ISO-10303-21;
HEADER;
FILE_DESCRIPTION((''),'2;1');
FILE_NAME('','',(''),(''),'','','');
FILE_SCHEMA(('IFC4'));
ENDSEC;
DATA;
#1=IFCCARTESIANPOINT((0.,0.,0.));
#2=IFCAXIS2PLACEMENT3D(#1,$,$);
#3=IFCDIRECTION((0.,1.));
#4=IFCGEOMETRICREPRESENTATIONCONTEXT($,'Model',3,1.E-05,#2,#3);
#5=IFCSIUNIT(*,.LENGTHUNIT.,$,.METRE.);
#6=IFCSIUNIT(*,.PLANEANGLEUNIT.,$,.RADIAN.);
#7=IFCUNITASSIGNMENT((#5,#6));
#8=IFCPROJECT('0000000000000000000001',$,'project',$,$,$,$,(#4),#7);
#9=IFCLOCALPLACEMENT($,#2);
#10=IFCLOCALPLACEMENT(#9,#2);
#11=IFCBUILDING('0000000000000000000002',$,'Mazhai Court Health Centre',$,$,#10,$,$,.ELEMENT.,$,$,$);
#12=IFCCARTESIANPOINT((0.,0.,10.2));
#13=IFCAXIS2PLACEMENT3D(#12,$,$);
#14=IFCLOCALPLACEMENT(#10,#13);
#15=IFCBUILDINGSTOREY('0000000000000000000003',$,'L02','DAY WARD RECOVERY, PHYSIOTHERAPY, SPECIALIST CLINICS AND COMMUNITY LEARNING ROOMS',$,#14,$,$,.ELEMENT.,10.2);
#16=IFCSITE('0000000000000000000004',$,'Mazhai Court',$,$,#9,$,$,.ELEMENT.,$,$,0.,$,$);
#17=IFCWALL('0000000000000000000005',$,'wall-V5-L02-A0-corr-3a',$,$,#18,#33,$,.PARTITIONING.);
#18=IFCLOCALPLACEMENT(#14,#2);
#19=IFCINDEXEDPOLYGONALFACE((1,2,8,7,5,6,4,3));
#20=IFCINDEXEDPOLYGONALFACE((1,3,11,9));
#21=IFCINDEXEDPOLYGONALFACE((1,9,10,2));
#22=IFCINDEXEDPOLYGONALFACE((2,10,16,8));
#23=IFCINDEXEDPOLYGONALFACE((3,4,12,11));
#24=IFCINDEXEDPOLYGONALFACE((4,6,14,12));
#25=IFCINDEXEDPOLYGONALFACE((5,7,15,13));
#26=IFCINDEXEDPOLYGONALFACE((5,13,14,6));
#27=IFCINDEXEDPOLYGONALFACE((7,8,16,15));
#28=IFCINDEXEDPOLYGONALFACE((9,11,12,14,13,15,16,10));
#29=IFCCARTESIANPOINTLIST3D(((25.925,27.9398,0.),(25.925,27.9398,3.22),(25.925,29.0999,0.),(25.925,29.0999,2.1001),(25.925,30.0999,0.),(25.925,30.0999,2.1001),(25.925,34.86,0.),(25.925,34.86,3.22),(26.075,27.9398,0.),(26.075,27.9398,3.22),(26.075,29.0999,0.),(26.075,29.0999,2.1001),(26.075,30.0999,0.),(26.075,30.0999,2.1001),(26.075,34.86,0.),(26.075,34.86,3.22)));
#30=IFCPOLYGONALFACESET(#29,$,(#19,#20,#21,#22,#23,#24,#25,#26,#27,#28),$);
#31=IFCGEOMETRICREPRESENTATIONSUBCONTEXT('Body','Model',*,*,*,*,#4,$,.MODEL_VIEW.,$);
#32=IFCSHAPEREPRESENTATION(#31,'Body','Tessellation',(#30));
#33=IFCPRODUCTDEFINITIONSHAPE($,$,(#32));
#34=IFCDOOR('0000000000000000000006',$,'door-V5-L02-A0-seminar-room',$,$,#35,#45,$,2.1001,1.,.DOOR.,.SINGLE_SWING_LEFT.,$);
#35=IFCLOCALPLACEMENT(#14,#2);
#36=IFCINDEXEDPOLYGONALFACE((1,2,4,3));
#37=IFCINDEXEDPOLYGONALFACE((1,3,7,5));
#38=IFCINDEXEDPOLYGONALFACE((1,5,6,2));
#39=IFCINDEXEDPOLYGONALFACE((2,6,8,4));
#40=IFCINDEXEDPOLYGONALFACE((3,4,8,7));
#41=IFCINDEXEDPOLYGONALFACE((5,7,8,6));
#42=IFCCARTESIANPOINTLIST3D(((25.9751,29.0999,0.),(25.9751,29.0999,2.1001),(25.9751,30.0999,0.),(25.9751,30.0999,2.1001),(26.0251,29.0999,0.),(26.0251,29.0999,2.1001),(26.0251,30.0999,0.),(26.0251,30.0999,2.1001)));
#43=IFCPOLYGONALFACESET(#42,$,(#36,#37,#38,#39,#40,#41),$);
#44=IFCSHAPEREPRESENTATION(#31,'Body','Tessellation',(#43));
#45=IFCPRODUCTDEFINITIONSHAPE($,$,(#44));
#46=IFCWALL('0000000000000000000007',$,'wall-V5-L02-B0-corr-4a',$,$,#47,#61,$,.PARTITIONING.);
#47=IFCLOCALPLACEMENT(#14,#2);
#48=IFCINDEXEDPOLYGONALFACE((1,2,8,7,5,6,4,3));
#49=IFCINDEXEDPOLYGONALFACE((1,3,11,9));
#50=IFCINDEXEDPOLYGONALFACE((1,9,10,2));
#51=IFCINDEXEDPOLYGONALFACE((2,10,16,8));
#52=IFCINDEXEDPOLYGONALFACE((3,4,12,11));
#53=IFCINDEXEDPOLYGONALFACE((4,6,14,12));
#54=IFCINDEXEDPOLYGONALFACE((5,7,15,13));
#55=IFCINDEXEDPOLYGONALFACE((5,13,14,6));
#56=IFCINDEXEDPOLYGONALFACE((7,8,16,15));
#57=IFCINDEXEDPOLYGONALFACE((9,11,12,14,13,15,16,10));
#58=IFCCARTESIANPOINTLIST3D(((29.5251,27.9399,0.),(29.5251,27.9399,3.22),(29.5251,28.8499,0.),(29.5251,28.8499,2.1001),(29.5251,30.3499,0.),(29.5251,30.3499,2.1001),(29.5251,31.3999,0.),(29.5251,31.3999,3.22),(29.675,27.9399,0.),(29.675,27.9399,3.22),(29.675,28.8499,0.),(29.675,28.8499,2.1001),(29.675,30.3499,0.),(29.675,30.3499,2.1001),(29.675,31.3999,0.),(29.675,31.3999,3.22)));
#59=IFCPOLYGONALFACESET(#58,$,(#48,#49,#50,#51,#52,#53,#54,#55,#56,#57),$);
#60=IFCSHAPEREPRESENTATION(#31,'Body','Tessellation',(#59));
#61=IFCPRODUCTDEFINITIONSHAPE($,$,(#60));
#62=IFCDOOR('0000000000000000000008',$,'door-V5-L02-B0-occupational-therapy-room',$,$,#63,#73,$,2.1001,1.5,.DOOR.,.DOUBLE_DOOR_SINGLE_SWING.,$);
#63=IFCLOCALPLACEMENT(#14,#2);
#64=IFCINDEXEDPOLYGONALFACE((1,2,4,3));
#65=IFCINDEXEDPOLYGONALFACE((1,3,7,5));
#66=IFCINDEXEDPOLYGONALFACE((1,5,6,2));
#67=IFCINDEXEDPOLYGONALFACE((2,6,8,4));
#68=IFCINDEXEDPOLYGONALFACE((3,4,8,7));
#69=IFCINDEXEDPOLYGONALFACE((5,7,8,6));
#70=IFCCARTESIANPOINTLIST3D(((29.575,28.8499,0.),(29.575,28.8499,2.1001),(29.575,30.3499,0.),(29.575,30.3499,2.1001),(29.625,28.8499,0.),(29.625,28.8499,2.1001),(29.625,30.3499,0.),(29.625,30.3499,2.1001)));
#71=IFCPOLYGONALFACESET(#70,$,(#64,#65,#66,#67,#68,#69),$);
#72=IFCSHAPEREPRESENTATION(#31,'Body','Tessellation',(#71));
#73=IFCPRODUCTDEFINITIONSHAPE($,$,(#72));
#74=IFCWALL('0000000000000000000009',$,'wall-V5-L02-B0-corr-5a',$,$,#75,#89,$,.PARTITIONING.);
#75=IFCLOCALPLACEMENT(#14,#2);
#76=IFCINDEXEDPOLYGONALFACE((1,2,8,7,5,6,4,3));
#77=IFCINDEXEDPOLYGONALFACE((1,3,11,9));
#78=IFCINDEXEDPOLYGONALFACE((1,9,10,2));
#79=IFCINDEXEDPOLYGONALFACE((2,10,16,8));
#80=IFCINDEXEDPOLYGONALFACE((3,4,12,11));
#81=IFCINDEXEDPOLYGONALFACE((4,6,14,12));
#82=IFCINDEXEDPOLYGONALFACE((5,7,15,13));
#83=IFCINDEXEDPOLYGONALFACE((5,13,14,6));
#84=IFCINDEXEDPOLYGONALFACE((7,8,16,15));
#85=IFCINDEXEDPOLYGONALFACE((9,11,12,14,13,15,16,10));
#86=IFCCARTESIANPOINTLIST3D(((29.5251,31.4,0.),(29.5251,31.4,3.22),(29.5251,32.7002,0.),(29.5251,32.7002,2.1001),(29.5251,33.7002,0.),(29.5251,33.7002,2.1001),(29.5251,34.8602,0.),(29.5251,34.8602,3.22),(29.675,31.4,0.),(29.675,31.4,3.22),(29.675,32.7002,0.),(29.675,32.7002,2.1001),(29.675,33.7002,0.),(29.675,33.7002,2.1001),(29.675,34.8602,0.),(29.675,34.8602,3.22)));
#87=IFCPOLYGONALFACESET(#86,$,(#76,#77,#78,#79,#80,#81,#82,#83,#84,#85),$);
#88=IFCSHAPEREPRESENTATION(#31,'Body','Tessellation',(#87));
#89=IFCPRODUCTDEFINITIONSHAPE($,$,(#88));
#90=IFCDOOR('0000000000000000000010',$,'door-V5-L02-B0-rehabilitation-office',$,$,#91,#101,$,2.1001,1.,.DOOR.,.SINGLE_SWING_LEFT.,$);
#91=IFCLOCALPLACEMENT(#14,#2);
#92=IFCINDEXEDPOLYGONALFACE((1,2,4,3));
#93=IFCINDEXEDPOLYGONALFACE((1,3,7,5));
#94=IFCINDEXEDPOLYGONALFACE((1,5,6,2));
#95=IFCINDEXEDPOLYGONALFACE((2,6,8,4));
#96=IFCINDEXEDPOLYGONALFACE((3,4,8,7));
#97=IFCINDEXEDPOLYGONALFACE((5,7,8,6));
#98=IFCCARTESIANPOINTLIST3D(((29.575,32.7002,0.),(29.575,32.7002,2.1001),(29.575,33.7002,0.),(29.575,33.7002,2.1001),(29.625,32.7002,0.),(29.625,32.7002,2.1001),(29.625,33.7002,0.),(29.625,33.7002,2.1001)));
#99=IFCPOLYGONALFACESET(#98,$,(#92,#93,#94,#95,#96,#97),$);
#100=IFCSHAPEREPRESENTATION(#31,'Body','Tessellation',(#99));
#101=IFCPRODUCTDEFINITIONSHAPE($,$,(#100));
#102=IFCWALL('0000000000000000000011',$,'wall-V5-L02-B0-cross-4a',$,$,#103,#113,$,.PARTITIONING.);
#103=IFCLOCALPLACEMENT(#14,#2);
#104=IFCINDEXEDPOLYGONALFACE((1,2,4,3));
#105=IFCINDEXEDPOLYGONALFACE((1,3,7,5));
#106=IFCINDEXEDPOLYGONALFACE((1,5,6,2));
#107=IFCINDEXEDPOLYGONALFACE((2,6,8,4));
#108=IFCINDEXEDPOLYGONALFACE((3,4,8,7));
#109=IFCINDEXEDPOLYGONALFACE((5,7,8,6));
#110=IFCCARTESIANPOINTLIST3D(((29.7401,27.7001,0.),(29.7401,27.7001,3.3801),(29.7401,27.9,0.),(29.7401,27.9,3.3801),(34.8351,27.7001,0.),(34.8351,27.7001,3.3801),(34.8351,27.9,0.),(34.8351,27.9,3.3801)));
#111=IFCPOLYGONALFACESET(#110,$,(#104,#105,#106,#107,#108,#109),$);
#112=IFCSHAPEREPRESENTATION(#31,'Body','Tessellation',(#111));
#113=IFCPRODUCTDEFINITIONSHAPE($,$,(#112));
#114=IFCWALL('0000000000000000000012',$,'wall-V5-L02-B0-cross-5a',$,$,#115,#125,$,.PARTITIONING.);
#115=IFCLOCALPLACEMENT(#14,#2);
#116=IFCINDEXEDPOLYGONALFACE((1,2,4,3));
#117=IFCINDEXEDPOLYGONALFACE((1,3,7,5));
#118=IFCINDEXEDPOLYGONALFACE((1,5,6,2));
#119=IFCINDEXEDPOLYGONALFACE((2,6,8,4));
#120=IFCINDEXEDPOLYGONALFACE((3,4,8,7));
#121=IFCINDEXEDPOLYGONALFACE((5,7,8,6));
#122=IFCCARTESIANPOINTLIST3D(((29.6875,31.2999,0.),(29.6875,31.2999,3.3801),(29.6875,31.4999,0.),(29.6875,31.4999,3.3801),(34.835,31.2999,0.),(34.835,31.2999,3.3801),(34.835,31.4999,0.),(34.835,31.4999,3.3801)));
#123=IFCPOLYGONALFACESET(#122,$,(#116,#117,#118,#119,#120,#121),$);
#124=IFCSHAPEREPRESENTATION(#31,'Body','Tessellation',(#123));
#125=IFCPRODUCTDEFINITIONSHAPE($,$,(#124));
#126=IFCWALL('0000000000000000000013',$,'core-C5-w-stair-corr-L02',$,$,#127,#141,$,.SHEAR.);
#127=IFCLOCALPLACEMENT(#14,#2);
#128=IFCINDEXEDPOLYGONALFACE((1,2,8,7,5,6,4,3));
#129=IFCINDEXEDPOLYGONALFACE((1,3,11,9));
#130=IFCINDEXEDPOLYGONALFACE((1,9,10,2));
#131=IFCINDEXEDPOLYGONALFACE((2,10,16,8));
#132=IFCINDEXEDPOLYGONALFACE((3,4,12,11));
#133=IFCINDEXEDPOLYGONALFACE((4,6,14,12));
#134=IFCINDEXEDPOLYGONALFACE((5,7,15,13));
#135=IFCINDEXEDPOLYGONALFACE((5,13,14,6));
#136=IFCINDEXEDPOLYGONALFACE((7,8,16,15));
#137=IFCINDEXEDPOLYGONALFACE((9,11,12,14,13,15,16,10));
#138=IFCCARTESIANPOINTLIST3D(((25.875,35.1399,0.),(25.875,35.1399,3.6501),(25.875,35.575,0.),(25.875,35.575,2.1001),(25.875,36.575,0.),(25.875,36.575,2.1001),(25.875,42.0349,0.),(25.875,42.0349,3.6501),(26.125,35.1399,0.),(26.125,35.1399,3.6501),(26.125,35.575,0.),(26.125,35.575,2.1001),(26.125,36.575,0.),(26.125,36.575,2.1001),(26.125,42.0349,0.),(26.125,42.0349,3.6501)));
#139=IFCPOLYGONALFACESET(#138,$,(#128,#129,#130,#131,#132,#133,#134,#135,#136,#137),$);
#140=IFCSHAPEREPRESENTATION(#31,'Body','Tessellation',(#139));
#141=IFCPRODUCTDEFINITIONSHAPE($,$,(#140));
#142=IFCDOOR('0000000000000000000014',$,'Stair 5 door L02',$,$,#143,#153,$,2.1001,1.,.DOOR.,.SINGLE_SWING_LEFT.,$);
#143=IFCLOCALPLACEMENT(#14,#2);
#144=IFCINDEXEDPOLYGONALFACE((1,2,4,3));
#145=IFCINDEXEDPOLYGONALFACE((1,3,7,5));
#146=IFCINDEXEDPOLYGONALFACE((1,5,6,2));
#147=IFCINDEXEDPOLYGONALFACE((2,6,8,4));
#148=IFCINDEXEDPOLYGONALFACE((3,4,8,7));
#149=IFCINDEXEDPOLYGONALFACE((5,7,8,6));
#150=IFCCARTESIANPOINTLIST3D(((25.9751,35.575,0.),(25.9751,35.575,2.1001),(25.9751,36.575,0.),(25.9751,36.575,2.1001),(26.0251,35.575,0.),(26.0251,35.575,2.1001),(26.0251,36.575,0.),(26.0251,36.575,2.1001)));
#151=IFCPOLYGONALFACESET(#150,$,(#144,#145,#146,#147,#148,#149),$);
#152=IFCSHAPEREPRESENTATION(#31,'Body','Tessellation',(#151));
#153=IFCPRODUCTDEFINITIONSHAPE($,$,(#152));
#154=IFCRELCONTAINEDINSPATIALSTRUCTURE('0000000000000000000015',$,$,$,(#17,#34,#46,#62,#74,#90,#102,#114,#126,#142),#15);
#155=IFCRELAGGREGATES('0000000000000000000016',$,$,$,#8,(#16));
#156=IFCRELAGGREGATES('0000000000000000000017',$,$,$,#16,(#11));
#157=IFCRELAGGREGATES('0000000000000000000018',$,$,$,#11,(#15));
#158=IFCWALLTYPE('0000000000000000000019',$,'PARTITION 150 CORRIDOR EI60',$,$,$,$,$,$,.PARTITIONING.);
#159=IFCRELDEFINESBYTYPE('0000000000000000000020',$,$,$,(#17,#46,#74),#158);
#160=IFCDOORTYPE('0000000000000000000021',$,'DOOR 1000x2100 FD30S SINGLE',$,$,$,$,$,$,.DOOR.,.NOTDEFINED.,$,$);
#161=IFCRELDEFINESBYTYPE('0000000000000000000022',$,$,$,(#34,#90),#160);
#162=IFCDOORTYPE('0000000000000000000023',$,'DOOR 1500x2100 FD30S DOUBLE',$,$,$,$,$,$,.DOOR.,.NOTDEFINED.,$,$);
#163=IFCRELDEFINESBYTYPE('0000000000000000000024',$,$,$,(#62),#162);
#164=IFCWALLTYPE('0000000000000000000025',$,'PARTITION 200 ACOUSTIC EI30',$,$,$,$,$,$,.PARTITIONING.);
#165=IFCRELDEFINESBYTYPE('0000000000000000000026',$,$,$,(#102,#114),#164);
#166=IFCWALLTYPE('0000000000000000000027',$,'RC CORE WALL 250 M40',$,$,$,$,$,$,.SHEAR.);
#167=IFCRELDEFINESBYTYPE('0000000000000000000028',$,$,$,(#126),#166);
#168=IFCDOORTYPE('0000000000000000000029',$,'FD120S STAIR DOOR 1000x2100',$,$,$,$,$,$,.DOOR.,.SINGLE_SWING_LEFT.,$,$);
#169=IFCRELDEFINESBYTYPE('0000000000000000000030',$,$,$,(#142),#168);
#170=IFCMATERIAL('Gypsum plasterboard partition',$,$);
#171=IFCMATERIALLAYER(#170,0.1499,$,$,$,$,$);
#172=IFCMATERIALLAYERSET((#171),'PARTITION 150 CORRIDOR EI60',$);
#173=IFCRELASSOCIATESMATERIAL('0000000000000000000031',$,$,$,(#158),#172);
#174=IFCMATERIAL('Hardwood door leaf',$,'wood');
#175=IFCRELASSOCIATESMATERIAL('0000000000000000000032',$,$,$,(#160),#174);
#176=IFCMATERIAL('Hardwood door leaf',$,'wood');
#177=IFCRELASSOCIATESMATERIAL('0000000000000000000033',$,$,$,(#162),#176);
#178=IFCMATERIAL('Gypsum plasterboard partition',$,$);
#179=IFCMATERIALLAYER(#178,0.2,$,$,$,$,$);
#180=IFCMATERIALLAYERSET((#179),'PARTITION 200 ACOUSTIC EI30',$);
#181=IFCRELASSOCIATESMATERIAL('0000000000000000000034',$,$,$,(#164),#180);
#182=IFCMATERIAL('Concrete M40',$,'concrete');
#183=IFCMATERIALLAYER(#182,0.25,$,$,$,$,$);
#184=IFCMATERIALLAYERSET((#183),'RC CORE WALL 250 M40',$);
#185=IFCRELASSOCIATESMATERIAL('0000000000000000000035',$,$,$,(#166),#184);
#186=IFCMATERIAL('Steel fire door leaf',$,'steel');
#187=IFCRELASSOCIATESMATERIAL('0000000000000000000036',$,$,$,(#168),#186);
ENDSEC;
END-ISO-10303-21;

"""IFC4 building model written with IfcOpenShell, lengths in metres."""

from ifc_helpers import new_model, si_unit, direction, frame, frame_2d, origin, place, context, subcontext, project, spatial, rectangle, extrude, material, layer, layer_set, type_object, element, fill, save


model = new_model("IFC4")

# Units and contexts
model_context = context("Model", 3, precision=1e-05, world=origin(), true_north=direction((0.0, 1.0)))
body_context = subcontext(model_context, "Body", "Model", "MODEL_VIEW")
ifc_project = project(units=[si_unit("LENGTHUNIT", "METRE"), si_unit("PLANEANGLEUNIT", "RADIAN")], contexts=[model_context])

# Site, building, storey
site_placement = place(None, origin())
site = spatial("IfcSite", under=ifc_project, at=site_placement, Name="Mazhai Court", CompositionType="ELEMENT", RefElevation=0.0)
building_placement = place(site_placement, origin())
building = spatial("IfcBuilding", under=site, at=building_placement, Name="Mazhai Court Health Centre", CompositionType="ELEMENT")
storey_placement = place(building_placement, frame((0.0, 0.0, 10.2)))
storey = spatial("IfcBuildingStorey", under=building, at=storey_placement, Name="L02", Description="DAY WARD RECOVERY, PHYSIOTHERAPY, SPECIALIST CLINICS AND COMMUNITY LEARNING ROOMS", CompositionType="ELEMENT", Elevation=10.2)

# Walls, openings, doors
ifc_material_1 = material(Name="Gypsum plasterboard partition")
ifc_layer_1 = layer(ifc_material_1, 0.1499)
ifc_layer_set_1 = layer_set([ifc_layer_1], Name="PARTITION 150 CORRIDOR EI60")
wall_type_1 = type_object("IfcWallType", Name="PARTITION 150 CORRIDOR EI60", PredefinedType="PARTITIONING", material=ifc_layer_set_1)
wall_1_placement = place(storey_placement, frame((26.0, 27.9399, 0.0), z_axis=(0.0, 0.0, 1.0), x_axis=(0.0, 1.0, 0.0)))
wall_1 = element("IfcWall", 1, at=wall_1_placement, inside=storey, type_object=wall_type_1, Name="wall-V5-L02-A0-corr-3a", PredefinedType="PARTITIONING", context=body_context, shape_type="SweptSolid", body=[
    extrude(rectangle(XDim=6.9202, YDim=0.1499, at=frame_2d((3.46, 0.0))), origin(), (0.0, 0.0, 1.0), 3.22),
])
opening_1_placement = place(wall_1_placement, frame((1.1599, 0.0, 0.0)))
opening_1 = element("IfcOpeningElement", 2, at=opening_1_placement, cuts=wall_1, PredefinedType="OPENING", context=body_context, shape_type="SweptSolid", body=[
    extrude(rectangle(XDim=1.0, YDim=2.1001, at=frame_2d((0.5, 1.05))), frame((0.0, 0.085, 0.0), z_axis=(0.0, -1.0, 0.0), x_axis=(1.0, 0.0, 0.0)), (0.0, 0.0, 1.0), 0.1699),
])
ifc_material_2 = material(Name="Hardwood door leaf", Category="wood")
door_type_1 = type_object("IfcDoorType", Name="DOOR 1000x2100 FD30S SINGLE", OperationType="NOTDEFINED", PredefinedType="DOOR", material=ifc_material_2)
door_1_placement = place(opening_1_placement, origin())
door_1 = element("IfcDoor", 3, at=door_1_placement, inside=storey, type_object=door_type_1, Name="door-V5-L02-A0-seminar-room", OperationType="SINGLE_SWING_LEFT", OverallHeight=2.1001, OverallWidth=1.0, PredefinedType="DOOR", context=body_context, shape_type="SweptSolid", body=[
    extrude(rectangle(XDim=1.0, YDim=2.1001, at=frame_2d((0.5, 1.05))), frame((0.0, 0.0249, 0.0), z_axis=(0.0, -1.0, 0.0), x_axis=(1.0, 0.0, 0.0)), (0.0, 0.0, 1.0), 0.05),
])
fill(opening_1, door_1)
wall_2_placement = place(storey_placement, frame((29.6001, 31.3999, 0.0), z_axis=(0.0, 0.0, 1.0), x_axis=(0.0, -1.0, 0.0)))
wall_2 = element("IfcWall", 4, at=wall_2_placement, inside=storey, type_object=wall_type_1, Name="wall-V5-L02-B0-corr-4a", PredefinedType="PARTITIONING", context=body_context, shape_type="SweptSolid", body=[
    extrude(rectangle(XDim=3.46, YDim=0.1499, at=frame_2d((1.73, 0.0))), origin(), (0.0, 0.0, 1.0), 3.22),
])
opening_2_placement = place(wall_2_placement, frame((1.05, 0.0, 0.0)))
opening_2 = element("IfcOpeningElement", 5, at=opening_2_placement, cuts=wall_2, PredefinedType="OPENING", context=body_context, shape_type="SweptSolid", body=[
    extrude(rectangle(XDim=1.5, YDim=2.1001, at=frame_2d((0.75, 1.05))), frame((0.0, 0.085, 0.0), z_axis=(0.0, -1.0, 0.0), x_axis=(1.0, 0.0, 0.0)), (0.0, 0.0, 1.0), 0.1699),
])
ifc_material_3 = material(Name="Hardwood door leaf", Category="wood")
door_type_2 = type_object("IfcDoorType", Name="DOOR 1500x2100 FD30S DOUBLE", OperationType="NOTDEFINED", PredefinedType="DOOR", material=ifc_material_3)
door_2_placement = place(opening_2_placement, origin())
door_2 = element("IfcDoor", 6, at=door_2_placement, inside=storey, type_object=door_type_2, Name="door-V5-L02-B0-occupational-therapy-room", OperationType="DOUBLE_DOOR_SINGLE_SWING", OverallHeight=2.1001, OverallWidth=1.5, PredefinedType="DOOR", context=body_context, shape_type="SweptSolid", body=[
    extrude(rectangle(XDim=1.5, YDim=2.1001, at=frame_2d((0.75, 1.05))), frame((0.0, 0.0249, 0.0), z_axis=(0.0, -1.0, 0.0), x_axis=(1.0, 0.0, 0.0)), (0.0, 0.0, 1.0), 0.05),
])
fill(opening_2, door_2)
wall_3_placement = place(storey_placement, frame((29.6001, 34.8601, 0.0), z_axis=(0.0, 0.0, 1.0), x_axis=(0.0, -1.0, 0.0)))
wall_3 = element("IfcWall", 7, at=wall_3_placement, inside=storey, type_object=wall_type_1, Name="wall-V5-L02-B0-corr-5a", PredefinedType="PARTITIONING", context=body_context, shape_type="SweptSolid", body=[
    extrude(rectangle(XDim=3.4602, YDim=0.1499, at=frame_2d((1.73, 0.0))), origin(), (0.0, 0.0, 1.0), 3.22),
])
opening_3_placement = place(wall_3_placement, frame((1.1599, 0.0, 0.0)))
opening_3 = element("IfcOpeningElement", 8, at=opening_3_placement, cuts=wall_3, PredefinedType="OPENING", context=body_context, shape_type="SweptSolid", body=[
    extrude(rectangle(XDim=1.0, YDim=2.1001, at=frame_2d((0.5, 1.05))), frame((0.0, 0.085, 0.0), z_axis=(0.0, -1.0, 0.0), x_axis=(1.0, 0.0, 0.0)), (0.0, 0.0, 1.0), 0.1699),
])
door_3_placement = place(opening_3_placement, origin())
door_3 = element("IfcDoor", 9, at=door_3_placement, inside=storey, type_object=door_type_1, Name="door-V5-L02-B0-rehabilitation-office", OperationType="SINGLE_SWING_LEFT", OverallHeight=2.1001, OverallWidth=1.0, PredefinedType="DOOR", context=body_context, shape_type="SweptSolid", body=[
    extrude(rectangle(XDim=1.0, YDim=2.1001, at=frame_2d((0.5, 1.05))), frame((0.0, 0.0249, 0.0), z_axis=(0.0, -1.0, 0.0), x_axis=(1.0, 0.0, 0.0)), (0.0, 0.0, 1.0), 0.05),
])
fill(opening_3, door_3)

# Walls
ifc_material_4 = material(Name="Gypsum plasterboard partition")
ifc_layer_2 = layer(ifc_material_4, 0.2)
ifc_layer_set_2 = layer_set([ifc_layer_2], Name="PARTITION 200 ACOUSTIC EI30")
wall_type_2 = type_object("IfcWallType", Name="PARTITION 200 ACOUSTIC EI30", PredefinedType="PARTITIONING", material=ifc_layer_set_2)
wall_4_placement = place(storey_placement, frame((34.835, 27.8, 0.0), z_axis=(0.0, 0.0, 1.0), x_axis=(-1.0, 0.0, 0.0)))
element("IfcWall", 10, at=wall_4_placement, inside=storey, type_object=wall_type_2, Name="wall-V5-L02-B0-cross-4a", PredefinedType="PARTITIONING", context=body_context, shape_type="SweptSolid", body=[
    extrude(rectangle(XDim=5.095, YDim=0.2, at=frame_2d((2.5474, 0.0))), origin(), (0.0, 0.0, 1.0), 3.3801),
])
wall_5_placement = place(storey_placement, frame((34.835, 31.3999, 0.0), z_axis=(0.0, 0.0, 1.0), x_axis=(-1.0, 0.0, 0.0)))
element("IfcWall", 11, at=wall_5_placement, inside=storey, type_object=wall_type_2, Name="wall-V5-L02-B0-cross-5a", PredefinedType="PARTITIONING", context=body_context, shape_type="SweptSolid", body=[
    extrude(rectangle(XDim=5.1475, YDim=0.2, at=frame_2d((2.5737, 0.0))), origin(), (0.0, 0.0, 1.0), 3.3801),
])

# Wall, opening, door
ifc_material_5 = material(Name="Concrete M40", Category="concrete")
ifc_layer_3 = layer(ifc_material_5, 0.25)
ifc_layer_set_3 = layer_set([ifc_layer_3], Name="RC CORE WALL 250 M40")
wall_type_3 = type_object("IfcWallType", Name="RC CORE WALL 250 M40", PredefinedType="SHEAR", material=ifc_layer_set_3)
wall_6_placement = place(storey_placement, frame((26.0, 35.1399, 0.0), z_axis=(0.0, 0.0, 1.0), x_axis=(0.0, 1.0, 0.0)))
wall_6 = element("IfcWall", 12, at=wall_6_placement, inside=storey, type_object=wall_type_3, Name="core-C5-w-stair-corr-L02", PredefinedType="SHEAR", context=body_context, shape_type="SweptSolid", body=[
    extrude(rectangle(XDim=6.895, YDim=0.25, at=frame_2d((3.4475, 0.0))), origin(), (0.0, 0.0, 1.0), 3.6501),
])
opening_4_placement = place(wall_6_placement, frame((0.4351, 0.0, 0.0)))
opening_4 = element("IfcOpeningElement", 13, at=opening_4_placement, cuts=wall_6, PredefinedType="OPENING", context=body_context, shape_type="SweptSolid", body=[
    extrude(rectangle(XDim=1.0, YDim=2.1001, at=frame_2d((0.5, 1.05))), frame((0.0, 0.135, 0.0), z_axis=(0.0, -1.0, 0.0), x_axis=(1.0, 0.0, 0.0)), (0.0, 0.0, 1.0), 0.27),
])
ifc_material_6 = material(Name="Steel fire door leaf", Category="steel")
door_type_3 = type_object("IfcDoorType", Name="FD120S STAIR DOOR 1000x2100", OperationType="SINGLE_SWING_LEFT", PredefinedType="DOOR", material=ifc_material_6)
door_4_placement = place(opening_4_placement, origin())
door_4 = element("IfcDoor", 14, at=door_4_placement, inside=storey, type_object=door_type_3, Name="Stair 5 door L02", OperationType="SINGLE_SWING_LEFT", OverallHeight=2.1001, OverallWidth=1.0, PredefinedType="DOOR", context=body_context, shape_type="SweptSolid", body=[
    extrude(rectangle(XDim=1.0, YDim=2.1001, at=frame_2d((0.5, 1.05))), frame((0.0, 0.0249, 0.0), z_axis=(0.0, -1.0, 0.0), x_axis=(1.0, 0.0, 0.0)), (0.0, 0.0, 1.0), 0.05),
])
fill(opening_4, door_4)

save(model, "model.ifc")
